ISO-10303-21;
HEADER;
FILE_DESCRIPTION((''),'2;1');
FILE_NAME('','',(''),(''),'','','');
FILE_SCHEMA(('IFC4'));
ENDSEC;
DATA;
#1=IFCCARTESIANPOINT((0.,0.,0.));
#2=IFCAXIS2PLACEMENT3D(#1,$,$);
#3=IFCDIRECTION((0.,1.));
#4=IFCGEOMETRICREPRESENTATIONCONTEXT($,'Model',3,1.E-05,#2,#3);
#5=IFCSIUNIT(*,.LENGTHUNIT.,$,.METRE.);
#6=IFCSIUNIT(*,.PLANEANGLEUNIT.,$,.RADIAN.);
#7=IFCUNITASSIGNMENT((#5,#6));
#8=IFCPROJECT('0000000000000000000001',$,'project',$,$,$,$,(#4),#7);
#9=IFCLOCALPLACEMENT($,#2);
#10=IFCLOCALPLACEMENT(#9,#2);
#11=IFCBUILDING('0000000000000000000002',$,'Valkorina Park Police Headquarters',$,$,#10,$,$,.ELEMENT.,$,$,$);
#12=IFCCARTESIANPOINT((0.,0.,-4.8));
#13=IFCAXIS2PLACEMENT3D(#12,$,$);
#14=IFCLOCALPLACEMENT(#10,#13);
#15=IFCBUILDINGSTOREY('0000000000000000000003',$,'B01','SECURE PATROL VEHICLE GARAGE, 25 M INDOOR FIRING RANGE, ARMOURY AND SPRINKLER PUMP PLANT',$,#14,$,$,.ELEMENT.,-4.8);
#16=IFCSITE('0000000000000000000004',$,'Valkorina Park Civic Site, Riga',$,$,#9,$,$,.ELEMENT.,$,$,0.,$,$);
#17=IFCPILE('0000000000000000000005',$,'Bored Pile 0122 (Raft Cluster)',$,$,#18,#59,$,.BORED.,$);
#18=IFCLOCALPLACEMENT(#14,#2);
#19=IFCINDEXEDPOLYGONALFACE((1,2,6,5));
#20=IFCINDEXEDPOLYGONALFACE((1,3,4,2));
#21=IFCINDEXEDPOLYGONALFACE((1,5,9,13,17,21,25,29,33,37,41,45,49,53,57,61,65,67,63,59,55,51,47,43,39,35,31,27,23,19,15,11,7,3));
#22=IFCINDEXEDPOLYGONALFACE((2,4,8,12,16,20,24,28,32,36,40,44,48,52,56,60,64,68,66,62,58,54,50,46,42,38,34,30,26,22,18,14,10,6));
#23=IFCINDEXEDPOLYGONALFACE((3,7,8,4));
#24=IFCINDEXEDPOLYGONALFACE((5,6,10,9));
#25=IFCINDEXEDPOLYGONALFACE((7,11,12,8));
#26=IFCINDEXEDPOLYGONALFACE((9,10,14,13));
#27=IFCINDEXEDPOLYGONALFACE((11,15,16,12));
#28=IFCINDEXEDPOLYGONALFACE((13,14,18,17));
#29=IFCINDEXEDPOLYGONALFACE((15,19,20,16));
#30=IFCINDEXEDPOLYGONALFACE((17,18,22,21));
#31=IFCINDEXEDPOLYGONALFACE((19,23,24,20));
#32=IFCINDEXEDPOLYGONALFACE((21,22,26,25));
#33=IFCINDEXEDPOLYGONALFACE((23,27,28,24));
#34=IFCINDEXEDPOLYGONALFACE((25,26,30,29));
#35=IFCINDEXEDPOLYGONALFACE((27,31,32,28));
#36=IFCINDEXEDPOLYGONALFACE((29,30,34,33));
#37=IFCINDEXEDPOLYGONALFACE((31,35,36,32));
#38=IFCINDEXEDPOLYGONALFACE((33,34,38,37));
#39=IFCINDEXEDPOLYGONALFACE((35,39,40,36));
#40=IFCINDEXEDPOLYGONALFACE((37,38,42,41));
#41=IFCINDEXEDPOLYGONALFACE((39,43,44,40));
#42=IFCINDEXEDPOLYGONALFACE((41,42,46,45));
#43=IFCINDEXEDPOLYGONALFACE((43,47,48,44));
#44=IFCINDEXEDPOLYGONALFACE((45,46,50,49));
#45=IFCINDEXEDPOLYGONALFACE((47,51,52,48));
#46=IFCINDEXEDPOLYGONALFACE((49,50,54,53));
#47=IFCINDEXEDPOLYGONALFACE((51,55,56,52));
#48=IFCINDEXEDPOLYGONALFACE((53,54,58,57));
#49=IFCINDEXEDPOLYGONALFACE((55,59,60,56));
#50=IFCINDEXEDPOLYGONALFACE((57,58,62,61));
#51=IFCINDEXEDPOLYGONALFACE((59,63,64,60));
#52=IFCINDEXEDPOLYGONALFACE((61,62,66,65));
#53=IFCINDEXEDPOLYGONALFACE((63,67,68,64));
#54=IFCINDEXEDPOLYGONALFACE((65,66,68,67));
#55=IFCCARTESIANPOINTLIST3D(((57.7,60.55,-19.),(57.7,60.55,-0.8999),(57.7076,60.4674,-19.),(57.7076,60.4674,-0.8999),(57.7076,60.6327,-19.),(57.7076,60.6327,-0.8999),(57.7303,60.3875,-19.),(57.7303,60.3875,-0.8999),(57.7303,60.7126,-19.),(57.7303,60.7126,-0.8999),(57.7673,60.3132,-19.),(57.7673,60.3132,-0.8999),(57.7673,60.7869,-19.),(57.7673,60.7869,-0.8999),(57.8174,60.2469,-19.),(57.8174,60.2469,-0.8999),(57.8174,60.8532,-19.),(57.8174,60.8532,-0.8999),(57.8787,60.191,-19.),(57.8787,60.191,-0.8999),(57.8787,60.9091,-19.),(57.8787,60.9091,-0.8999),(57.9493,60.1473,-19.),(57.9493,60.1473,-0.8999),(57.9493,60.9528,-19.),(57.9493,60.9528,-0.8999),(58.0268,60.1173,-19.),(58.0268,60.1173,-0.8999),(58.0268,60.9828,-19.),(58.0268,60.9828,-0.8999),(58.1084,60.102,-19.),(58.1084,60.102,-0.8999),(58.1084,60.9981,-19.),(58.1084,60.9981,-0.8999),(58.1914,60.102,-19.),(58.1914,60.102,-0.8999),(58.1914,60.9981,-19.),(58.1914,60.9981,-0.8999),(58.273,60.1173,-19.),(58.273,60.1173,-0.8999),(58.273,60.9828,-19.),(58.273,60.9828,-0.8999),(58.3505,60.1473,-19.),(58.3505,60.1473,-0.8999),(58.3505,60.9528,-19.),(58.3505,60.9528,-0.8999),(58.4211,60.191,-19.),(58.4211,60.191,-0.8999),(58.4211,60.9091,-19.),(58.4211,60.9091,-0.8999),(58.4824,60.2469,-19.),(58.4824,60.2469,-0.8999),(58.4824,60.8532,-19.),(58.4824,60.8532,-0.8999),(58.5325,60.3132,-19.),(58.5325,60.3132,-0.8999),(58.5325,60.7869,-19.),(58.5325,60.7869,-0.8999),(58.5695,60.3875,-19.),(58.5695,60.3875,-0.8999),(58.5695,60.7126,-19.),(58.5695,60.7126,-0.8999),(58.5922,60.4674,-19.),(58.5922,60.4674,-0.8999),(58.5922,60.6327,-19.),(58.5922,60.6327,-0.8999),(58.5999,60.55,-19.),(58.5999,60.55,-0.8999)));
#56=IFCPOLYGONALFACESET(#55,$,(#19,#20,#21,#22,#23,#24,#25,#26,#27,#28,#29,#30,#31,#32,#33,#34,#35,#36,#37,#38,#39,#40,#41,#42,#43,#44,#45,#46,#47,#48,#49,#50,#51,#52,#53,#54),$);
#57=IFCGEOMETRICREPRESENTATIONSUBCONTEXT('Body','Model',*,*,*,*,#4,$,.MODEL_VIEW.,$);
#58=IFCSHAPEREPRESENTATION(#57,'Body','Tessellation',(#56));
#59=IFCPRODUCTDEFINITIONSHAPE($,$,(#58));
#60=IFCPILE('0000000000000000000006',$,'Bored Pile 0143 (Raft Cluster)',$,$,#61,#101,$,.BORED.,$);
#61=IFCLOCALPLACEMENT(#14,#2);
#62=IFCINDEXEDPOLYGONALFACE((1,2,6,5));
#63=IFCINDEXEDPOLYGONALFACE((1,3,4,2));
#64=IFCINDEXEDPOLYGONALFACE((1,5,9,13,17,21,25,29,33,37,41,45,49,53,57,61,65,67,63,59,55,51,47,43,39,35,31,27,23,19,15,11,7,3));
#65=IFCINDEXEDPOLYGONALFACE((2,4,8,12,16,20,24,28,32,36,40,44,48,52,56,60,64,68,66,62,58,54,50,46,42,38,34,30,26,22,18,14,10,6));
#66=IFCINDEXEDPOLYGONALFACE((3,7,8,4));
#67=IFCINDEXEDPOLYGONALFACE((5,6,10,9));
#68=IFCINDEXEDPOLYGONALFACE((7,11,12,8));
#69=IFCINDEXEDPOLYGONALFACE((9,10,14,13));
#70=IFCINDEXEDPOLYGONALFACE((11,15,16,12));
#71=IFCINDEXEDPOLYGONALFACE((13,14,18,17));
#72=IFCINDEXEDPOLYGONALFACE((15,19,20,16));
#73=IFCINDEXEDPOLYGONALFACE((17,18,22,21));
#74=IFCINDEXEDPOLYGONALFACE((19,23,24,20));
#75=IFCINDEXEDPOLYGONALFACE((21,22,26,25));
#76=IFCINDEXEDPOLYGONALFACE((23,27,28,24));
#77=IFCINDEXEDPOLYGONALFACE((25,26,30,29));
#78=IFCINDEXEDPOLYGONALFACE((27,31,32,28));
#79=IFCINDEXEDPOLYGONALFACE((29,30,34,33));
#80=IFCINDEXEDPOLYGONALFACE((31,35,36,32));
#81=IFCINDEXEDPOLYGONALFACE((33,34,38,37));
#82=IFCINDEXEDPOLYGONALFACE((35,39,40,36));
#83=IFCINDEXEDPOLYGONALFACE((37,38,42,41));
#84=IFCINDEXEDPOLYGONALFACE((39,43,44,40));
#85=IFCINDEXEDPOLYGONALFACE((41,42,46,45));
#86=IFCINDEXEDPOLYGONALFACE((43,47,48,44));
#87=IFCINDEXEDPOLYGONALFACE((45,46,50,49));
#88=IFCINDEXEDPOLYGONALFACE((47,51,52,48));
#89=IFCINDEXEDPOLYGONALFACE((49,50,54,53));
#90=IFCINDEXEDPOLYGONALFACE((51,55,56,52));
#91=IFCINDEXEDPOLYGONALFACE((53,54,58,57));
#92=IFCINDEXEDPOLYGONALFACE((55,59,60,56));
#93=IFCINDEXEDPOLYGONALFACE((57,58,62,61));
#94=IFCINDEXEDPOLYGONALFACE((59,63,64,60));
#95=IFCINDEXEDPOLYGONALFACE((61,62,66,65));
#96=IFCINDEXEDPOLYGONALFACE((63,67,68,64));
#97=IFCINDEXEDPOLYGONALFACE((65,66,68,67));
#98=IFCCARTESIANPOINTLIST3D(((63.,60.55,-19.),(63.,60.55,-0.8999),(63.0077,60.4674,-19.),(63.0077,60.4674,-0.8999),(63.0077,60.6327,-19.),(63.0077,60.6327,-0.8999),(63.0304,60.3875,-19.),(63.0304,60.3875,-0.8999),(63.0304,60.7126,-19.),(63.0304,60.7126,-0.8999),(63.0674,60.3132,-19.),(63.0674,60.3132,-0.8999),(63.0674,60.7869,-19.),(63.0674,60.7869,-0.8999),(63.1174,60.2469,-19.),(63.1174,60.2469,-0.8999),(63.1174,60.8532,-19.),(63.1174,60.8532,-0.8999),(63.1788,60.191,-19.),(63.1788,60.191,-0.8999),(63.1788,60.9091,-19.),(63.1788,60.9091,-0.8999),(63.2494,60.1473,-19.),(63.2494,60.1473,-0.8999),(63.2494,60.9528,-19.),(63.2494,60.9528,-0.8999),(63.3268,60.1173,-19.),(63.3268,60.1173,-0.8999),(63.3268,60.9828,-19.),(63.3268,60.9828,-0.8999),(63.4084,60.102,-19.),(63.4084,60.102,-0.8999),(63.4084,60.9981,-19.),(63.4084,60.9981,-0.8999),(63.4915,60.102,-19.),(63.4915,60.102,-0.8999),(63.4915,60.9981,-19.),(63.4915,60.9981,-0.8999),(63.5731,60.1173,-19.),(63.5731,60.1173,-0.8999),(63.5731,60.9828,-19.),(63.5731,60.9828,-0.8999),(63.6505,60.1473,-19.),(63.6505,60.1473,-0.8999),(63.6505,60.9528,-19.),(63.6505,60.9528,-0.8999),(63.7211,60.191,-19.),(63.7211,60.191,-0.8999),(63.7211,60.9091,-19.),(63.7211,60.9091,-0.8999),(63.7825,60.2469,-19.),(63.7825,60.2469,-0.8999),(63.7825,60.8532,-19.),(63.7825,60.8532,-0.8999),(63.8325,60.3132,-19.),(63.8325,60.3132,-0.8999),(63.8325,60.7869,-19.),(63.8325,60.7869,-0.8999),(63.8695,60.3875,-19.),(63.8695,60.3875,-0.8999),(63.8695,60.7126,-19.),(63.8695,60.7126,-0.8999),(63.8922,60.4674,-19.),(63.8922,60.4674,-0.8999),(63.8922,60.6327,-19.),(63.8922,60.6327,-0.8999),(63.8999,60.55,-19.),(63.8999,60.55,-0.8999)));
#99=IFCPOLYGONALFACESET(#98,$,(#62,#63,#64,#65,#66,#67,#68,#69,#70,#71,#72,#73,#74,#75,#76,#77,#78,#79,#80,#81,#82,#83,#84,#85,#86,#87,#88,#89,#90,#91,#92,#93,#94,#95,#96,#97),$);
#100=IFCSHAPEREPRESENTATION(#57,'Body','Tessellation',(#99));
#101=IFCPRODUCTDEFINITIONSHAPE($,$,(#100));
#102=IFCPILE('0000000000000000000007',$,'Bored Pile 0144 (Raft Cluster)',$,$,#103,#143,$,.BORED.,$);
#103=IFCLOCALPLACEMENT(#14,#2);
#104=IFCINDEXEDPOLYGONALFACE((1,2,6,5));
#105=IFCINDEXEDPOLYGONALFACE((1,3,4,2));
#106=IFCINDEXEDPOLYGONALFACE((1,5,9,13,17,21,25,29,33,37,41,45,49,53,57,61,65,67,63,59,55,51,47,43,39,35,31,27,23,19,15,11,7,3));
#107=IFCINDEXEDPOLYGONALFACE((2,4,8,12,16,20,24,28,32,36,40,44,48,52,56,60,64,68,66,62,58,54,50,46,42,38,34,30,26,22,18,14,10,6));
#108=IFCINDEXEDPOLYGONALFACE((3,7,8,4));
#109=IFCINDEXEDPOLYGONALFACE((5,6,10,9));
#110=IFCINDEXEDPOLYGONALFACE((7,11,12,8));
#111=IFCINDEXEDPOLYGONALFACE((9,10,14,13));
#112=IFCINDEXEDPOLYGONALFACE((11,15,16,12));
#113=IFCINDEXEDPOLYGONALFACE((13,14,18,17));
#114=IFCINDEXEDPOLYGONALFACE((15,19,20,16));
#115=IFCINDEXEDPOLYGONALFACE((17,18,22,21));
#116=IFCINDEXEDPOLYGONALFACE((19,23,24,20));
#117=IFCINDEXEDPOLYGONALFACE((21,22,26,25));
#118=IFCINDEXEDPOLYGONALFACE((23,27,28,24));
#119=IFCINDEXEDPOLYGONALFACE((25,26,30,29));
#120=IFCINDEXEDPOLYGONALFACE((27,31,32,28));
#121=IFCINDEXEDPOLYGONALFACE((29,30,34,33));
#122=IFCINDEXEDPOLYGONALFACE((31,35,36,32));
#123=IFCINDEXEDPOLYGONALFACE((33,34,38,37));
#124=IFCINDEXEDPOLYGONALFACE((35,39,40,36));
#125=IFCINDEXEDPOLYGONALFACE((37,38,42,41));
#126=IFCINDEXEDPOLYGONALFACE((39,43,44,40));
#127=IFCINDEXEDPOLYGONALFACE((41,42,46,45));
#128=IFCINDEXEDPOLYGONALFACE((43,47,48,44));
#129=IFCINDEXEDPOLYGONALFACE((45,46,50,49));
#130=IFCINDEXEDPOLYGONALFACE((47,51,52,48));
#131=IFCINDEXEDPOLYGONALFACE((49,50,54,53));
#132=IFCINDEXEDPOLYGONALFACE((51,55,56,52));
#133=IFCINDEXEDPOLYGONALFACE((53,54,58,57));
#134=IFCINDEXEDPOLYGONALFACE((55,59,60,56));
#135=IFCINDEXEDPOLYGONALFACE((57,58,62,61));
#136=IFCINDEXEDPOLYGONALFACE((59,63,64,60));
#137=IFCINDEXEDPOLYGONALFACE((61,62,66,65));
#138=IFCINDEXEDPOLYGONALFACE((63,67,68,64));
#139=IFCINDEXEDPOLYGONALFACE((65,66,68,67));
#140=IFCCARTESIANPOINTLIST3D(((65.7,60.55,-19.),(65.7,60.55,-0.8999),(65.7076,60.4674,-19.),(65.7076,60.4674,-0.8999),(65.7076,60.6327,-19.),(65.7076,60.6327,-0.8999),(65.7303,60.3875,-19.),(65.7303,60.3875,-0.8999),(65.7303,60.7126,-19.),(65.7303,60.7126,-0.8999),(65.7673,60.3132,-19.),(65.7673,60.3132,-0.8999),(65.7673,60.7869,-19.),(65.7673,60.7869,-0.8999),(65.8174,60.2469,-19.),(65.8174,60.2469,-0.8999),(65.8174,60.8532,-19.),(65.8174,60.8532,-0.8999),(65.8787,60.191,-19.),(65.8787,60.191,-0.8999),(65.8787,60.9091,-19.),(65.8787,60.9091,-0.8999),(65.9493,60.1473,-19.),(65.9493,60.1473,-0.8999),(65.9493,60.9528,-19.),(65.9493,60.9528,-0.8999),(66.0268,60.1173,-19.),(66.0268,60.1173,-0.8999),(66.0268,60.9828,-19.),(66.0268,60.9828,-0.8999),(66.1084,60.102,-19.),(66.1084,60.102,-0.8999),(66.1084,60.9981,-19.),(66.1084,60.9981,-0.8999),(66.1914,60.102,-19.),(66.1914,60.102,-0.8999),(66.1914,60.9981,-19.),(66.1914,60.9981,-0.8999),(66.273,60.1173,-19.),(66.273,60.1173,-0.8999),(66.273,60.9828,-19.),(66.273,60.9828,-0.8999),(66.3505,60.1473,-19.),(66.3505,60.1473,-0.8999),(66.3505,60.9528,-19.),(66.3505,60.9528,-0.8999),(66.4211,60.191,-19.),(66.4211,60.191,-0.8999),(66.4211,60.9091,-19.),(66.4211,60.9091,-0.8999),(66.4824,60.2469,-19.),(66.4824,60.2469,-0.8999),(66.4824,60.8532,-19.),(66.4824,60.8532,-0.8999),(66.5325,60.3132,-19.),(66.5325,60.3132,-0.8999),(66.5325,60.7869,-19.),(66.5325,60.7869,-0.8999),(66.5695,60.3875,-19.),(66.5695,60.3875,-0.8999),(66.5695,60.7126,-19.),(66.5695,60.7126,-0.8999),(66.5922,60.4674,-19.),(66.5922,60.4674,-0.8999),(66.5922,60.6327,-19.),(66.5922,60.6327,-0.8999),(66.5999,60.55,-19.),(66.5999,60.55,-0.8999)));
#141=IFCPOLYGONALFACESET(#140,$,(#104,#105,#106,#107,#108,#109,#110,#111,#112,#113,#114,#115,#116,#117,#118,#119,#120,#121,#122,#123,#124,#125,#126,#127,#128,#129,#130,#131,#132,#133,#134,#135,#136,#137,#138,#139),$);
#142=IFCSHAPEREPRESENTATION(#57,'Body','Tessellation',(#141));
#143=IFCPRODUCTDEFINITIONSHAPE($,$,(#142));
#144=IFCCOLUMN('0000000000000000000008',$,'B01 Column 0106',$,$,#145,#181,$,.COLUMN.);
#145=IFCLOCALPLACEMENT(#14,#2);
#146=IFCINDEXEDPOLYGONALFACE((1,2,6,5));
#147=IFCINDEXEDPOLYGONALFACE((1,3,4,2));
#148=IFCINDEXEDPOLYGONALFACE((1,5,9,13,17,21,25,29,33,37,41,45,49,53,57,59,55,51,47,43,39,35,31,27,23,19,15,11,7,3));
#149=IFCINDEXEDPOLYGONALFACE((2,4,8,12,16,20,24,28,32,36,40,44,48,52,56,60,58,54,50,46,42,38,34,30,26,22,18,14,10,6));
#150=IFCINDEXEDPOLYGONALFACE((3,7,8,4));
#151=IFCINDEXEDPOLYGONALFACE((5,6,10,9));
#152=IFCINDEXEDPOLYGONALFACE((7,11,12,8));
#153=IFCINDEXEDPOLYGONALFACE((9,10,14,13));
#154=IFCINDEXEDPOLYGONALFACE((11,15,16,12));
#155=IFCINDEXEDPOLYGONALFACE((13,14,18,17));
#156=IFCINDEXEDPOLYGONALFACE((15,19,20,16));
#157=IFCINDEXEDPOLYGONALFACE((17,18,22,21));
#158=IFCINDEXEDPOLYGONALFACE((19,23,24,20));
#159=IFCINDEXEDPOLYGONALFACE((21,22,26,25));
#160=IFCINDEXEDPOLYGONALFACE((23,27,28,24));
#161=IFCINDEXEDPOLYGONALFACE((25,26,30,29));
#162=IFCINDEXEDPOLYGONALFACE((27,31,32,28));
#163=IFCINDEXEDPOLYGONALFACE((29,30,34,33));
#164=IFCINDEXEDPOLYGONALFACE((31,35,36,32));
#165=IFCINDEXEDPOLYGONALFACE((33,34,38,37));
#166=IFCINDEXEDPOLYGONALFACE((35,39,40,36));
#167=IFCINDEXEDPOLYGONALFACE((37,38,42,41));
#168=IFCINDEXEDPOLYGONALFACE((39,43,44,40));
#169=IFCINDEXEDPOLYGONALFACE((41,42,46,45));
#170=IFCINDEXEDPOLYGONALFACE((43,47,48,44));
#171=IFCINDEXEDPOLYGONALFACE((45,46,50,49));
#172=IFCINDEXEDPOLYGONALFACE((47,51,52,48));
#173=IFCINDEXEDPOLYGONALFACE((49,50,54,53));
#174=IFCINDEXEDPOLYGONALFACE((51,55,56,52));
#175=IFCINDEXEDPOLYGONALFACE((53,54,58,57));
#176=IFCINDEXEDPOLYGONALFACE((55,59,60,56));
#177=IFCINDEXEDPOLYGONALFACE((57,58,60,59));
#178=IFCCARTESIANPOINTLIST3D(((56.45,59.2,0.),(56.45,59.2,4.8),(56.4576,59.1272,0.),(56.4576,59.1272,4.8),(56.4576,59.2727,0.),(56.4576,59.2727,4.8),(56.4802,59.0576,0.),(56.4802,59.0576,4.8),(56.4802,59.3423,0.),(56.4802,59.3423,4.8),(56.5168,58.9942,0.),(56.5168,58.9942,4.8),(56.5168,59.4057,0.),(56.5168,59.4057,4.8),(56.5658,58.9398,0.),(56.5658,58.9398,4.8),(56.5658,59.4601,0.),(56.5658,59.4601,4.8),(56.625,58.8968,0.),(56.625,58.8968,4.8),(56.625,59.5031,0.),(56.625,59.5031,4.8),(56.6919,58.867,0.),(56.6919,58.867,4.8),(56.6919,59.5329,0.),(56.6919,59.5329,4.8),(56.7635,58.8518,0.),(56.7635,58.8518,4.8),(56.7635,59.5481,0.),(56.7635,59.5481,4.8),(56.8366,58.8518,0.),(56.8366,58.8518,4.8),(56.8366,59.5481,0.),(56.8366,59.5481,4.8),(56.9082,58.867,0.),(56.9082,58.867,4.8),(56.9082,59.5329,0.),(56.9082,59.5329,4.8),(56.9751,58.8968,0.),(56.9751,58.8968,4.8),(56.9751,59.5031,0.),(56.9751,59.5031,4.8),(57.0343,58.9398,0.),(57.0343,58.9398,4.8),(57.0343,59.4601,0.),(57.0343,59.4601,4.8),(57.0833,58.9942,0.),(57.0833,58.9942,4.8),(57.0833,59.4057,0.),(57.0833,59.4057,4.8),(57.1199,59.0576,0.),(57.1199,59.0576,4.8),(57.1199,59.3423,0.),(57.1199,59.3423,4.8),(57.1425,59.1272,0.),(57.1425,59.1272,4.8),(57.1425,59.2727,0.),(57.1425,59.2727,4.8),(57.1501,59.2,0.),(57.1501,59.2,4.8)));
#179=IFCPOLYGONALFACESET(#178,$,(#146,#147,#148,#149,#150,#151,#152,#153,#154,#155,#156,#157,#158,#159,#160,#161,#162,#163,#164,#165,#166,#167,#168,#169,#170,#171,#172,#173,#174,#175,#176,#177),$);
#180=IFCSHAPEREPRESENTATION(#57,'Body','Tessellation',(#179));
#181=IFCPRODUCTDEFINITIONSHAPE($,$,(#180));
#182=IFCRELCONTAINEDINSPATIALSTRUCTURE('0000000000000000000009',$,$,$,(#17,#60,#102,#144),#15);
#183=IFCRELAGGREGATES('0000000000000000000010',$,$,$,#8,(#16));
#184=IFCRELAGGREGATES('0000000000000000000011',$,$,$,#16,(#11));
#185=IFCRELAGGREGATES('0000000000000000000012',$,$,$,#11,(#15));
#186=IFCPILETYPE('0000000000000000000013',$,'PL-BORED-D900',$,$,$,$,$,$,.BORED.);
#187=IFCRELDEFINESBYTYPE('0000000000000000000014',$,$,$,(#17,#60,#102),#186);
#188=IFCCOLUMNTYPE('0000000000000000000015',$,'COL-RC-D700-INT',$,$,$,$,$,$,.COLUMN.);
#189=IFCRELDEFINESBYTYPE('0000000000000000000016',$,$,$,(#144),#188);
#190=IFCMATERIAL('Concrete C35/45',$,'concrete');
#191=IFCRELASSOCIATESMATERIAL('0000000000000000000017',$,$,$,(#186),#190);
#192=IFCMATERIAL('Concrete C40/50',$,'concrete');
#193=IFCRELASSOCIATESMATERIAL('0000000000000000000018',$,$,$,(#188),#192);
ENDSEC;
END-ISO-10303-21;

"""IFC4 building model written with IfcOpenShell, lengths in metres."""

from ifc_helpers import new_model, si_unit, direction, frame, origin, origin_2d, place, context, subcontext, project, spatial, circle, extrude, material, material_profile, profile_set, type_object, element, save


model = new_model("IFC4")

# Units and contexts
model_context = context("Model", 3, precision=1e-05, world=origin(), true_north=direction((0.0, 1.0)))
body_context = subcontext(model_context, "Body", "Model", "MODEL_VIEW")
ifc_project = project(units=[si_unit("LENGTHUNIT", "METRE"), si_unit("PLANEANGLEUNIT", "RADIAN")], contexts=[model_context])

# Site, building, storey
site_placement = place(None, origin())
site = spatial("IfcSite", under=ifc_project, at=site_placement, Name="Valkorina Park Civic Site, Riga", CompositionType="ELEMENT", RefElevation=0.0)
building_placement = place(site_placement, origin())
building = spatial("IfcBuilding", under=site, at=building_placement, Name="Valkorina Park Police Headquarters", CompositionType="ELEMENT")
storey_placement = place(building_placement, frame((0.0, 0.0, -4.8)))
storey = spatial("IfcBuildingStorey", under=building, at=storey_placement, Name="B01", Description="SECURE PATROL VEHICLE GARAGE, 25 M INDOOR FIRING RANGE, ARMOURY AND SPRINKLER PUMP PLANT", CompositionType="ELEMENT", Elevation=-4.8)

# Piles
ifc_material_1 = material(Name="Concrete C35/45", Category="concrete")
ifc_material_profile_1 = material_profile(ifc_material_1, circle(Radius=0.45, at=origin_2d()), Name="BORED PILE D900")
ifc_profile_set_1 = profile_set([ifc_material_profile_1], Name="Concrete C35/45")
pile_type_1 = type_object("IfcPileType", Name="PL-BORED-D900", PredefinedType="BORED", material=ifc_profile_set_1)
for number, where, z_axis, x_axis, name in (
    (1, (58.1499, 60.55, -0.8999), (0.0, 0.0, -1.0), (1.0, 0.0, 0.0), "Bored Pile 0122 (Raft Cluster)"),
    (2, (63.45, 60.55, -0.8999), (0.0, 0.0, -1.0), (1.0, 0.0, 0.0), "Bored Pile 0143 (Raft Cluster)"),
    (3, (66.1499, 60.55, -0.8999), (0.0, 0.0, -1.0), (1.0, 0.0, 0.0), "Bored Pile 0144 (Raft Cluster)"),
):
    element("IfcPile", number, at=place(storey_placement, frame(where, z_axis=z_axis, x_axis=x_axis)), inside=storey, type_object=pile_type_1, Name=name, PredefinedType="BORED", context=body_context, shape_type="SweptSolid", body=[
        extrude(circle(Radius=0.45, at=origin_2d()), origin(), (0.0, 0.0, 1.0), 18.1001),
    ])

# Column
ifc_material_2 = material(Name="Concrete C40/50", Category="concrete")
ifc_material_profile_2 = material_profile(ifc_material_2, circle(Radius=0.3501, at=origin_2d()), Name="RC COL D700")
ifc_profile_set_2 = profile_set([ifc_material_profile_2], Name="Concrete C40/50")
column_type = type_object("IfcColumnType", Name="COL-RC-D700-INT", PredefinedType="COLUMN", material=ifc_profile_set_2)
for number, where, z_axis, x_axis, name in (
    (4, (56.8, 59.2, 0.0), (0.0, 0.0, 1.0), (1.0, 0.0, 0.0), "B01 Column 0106"),
):
    element("IfcColumn", number, at=place(storey_placement, frame(where, z_axis=z_axis, x_axis=x_axis)), inside=storey, type_object=column_type, Name=name, PredefinedType="COLUMN", context=body_context, shape_type="SweptSolid", body=[
        extrude(circle(Radius=0.3501, at=origin_2d()), origin(), (0.0, 0.0, 1.0), 4.8),
    ])

save(model, "model.ifc")
